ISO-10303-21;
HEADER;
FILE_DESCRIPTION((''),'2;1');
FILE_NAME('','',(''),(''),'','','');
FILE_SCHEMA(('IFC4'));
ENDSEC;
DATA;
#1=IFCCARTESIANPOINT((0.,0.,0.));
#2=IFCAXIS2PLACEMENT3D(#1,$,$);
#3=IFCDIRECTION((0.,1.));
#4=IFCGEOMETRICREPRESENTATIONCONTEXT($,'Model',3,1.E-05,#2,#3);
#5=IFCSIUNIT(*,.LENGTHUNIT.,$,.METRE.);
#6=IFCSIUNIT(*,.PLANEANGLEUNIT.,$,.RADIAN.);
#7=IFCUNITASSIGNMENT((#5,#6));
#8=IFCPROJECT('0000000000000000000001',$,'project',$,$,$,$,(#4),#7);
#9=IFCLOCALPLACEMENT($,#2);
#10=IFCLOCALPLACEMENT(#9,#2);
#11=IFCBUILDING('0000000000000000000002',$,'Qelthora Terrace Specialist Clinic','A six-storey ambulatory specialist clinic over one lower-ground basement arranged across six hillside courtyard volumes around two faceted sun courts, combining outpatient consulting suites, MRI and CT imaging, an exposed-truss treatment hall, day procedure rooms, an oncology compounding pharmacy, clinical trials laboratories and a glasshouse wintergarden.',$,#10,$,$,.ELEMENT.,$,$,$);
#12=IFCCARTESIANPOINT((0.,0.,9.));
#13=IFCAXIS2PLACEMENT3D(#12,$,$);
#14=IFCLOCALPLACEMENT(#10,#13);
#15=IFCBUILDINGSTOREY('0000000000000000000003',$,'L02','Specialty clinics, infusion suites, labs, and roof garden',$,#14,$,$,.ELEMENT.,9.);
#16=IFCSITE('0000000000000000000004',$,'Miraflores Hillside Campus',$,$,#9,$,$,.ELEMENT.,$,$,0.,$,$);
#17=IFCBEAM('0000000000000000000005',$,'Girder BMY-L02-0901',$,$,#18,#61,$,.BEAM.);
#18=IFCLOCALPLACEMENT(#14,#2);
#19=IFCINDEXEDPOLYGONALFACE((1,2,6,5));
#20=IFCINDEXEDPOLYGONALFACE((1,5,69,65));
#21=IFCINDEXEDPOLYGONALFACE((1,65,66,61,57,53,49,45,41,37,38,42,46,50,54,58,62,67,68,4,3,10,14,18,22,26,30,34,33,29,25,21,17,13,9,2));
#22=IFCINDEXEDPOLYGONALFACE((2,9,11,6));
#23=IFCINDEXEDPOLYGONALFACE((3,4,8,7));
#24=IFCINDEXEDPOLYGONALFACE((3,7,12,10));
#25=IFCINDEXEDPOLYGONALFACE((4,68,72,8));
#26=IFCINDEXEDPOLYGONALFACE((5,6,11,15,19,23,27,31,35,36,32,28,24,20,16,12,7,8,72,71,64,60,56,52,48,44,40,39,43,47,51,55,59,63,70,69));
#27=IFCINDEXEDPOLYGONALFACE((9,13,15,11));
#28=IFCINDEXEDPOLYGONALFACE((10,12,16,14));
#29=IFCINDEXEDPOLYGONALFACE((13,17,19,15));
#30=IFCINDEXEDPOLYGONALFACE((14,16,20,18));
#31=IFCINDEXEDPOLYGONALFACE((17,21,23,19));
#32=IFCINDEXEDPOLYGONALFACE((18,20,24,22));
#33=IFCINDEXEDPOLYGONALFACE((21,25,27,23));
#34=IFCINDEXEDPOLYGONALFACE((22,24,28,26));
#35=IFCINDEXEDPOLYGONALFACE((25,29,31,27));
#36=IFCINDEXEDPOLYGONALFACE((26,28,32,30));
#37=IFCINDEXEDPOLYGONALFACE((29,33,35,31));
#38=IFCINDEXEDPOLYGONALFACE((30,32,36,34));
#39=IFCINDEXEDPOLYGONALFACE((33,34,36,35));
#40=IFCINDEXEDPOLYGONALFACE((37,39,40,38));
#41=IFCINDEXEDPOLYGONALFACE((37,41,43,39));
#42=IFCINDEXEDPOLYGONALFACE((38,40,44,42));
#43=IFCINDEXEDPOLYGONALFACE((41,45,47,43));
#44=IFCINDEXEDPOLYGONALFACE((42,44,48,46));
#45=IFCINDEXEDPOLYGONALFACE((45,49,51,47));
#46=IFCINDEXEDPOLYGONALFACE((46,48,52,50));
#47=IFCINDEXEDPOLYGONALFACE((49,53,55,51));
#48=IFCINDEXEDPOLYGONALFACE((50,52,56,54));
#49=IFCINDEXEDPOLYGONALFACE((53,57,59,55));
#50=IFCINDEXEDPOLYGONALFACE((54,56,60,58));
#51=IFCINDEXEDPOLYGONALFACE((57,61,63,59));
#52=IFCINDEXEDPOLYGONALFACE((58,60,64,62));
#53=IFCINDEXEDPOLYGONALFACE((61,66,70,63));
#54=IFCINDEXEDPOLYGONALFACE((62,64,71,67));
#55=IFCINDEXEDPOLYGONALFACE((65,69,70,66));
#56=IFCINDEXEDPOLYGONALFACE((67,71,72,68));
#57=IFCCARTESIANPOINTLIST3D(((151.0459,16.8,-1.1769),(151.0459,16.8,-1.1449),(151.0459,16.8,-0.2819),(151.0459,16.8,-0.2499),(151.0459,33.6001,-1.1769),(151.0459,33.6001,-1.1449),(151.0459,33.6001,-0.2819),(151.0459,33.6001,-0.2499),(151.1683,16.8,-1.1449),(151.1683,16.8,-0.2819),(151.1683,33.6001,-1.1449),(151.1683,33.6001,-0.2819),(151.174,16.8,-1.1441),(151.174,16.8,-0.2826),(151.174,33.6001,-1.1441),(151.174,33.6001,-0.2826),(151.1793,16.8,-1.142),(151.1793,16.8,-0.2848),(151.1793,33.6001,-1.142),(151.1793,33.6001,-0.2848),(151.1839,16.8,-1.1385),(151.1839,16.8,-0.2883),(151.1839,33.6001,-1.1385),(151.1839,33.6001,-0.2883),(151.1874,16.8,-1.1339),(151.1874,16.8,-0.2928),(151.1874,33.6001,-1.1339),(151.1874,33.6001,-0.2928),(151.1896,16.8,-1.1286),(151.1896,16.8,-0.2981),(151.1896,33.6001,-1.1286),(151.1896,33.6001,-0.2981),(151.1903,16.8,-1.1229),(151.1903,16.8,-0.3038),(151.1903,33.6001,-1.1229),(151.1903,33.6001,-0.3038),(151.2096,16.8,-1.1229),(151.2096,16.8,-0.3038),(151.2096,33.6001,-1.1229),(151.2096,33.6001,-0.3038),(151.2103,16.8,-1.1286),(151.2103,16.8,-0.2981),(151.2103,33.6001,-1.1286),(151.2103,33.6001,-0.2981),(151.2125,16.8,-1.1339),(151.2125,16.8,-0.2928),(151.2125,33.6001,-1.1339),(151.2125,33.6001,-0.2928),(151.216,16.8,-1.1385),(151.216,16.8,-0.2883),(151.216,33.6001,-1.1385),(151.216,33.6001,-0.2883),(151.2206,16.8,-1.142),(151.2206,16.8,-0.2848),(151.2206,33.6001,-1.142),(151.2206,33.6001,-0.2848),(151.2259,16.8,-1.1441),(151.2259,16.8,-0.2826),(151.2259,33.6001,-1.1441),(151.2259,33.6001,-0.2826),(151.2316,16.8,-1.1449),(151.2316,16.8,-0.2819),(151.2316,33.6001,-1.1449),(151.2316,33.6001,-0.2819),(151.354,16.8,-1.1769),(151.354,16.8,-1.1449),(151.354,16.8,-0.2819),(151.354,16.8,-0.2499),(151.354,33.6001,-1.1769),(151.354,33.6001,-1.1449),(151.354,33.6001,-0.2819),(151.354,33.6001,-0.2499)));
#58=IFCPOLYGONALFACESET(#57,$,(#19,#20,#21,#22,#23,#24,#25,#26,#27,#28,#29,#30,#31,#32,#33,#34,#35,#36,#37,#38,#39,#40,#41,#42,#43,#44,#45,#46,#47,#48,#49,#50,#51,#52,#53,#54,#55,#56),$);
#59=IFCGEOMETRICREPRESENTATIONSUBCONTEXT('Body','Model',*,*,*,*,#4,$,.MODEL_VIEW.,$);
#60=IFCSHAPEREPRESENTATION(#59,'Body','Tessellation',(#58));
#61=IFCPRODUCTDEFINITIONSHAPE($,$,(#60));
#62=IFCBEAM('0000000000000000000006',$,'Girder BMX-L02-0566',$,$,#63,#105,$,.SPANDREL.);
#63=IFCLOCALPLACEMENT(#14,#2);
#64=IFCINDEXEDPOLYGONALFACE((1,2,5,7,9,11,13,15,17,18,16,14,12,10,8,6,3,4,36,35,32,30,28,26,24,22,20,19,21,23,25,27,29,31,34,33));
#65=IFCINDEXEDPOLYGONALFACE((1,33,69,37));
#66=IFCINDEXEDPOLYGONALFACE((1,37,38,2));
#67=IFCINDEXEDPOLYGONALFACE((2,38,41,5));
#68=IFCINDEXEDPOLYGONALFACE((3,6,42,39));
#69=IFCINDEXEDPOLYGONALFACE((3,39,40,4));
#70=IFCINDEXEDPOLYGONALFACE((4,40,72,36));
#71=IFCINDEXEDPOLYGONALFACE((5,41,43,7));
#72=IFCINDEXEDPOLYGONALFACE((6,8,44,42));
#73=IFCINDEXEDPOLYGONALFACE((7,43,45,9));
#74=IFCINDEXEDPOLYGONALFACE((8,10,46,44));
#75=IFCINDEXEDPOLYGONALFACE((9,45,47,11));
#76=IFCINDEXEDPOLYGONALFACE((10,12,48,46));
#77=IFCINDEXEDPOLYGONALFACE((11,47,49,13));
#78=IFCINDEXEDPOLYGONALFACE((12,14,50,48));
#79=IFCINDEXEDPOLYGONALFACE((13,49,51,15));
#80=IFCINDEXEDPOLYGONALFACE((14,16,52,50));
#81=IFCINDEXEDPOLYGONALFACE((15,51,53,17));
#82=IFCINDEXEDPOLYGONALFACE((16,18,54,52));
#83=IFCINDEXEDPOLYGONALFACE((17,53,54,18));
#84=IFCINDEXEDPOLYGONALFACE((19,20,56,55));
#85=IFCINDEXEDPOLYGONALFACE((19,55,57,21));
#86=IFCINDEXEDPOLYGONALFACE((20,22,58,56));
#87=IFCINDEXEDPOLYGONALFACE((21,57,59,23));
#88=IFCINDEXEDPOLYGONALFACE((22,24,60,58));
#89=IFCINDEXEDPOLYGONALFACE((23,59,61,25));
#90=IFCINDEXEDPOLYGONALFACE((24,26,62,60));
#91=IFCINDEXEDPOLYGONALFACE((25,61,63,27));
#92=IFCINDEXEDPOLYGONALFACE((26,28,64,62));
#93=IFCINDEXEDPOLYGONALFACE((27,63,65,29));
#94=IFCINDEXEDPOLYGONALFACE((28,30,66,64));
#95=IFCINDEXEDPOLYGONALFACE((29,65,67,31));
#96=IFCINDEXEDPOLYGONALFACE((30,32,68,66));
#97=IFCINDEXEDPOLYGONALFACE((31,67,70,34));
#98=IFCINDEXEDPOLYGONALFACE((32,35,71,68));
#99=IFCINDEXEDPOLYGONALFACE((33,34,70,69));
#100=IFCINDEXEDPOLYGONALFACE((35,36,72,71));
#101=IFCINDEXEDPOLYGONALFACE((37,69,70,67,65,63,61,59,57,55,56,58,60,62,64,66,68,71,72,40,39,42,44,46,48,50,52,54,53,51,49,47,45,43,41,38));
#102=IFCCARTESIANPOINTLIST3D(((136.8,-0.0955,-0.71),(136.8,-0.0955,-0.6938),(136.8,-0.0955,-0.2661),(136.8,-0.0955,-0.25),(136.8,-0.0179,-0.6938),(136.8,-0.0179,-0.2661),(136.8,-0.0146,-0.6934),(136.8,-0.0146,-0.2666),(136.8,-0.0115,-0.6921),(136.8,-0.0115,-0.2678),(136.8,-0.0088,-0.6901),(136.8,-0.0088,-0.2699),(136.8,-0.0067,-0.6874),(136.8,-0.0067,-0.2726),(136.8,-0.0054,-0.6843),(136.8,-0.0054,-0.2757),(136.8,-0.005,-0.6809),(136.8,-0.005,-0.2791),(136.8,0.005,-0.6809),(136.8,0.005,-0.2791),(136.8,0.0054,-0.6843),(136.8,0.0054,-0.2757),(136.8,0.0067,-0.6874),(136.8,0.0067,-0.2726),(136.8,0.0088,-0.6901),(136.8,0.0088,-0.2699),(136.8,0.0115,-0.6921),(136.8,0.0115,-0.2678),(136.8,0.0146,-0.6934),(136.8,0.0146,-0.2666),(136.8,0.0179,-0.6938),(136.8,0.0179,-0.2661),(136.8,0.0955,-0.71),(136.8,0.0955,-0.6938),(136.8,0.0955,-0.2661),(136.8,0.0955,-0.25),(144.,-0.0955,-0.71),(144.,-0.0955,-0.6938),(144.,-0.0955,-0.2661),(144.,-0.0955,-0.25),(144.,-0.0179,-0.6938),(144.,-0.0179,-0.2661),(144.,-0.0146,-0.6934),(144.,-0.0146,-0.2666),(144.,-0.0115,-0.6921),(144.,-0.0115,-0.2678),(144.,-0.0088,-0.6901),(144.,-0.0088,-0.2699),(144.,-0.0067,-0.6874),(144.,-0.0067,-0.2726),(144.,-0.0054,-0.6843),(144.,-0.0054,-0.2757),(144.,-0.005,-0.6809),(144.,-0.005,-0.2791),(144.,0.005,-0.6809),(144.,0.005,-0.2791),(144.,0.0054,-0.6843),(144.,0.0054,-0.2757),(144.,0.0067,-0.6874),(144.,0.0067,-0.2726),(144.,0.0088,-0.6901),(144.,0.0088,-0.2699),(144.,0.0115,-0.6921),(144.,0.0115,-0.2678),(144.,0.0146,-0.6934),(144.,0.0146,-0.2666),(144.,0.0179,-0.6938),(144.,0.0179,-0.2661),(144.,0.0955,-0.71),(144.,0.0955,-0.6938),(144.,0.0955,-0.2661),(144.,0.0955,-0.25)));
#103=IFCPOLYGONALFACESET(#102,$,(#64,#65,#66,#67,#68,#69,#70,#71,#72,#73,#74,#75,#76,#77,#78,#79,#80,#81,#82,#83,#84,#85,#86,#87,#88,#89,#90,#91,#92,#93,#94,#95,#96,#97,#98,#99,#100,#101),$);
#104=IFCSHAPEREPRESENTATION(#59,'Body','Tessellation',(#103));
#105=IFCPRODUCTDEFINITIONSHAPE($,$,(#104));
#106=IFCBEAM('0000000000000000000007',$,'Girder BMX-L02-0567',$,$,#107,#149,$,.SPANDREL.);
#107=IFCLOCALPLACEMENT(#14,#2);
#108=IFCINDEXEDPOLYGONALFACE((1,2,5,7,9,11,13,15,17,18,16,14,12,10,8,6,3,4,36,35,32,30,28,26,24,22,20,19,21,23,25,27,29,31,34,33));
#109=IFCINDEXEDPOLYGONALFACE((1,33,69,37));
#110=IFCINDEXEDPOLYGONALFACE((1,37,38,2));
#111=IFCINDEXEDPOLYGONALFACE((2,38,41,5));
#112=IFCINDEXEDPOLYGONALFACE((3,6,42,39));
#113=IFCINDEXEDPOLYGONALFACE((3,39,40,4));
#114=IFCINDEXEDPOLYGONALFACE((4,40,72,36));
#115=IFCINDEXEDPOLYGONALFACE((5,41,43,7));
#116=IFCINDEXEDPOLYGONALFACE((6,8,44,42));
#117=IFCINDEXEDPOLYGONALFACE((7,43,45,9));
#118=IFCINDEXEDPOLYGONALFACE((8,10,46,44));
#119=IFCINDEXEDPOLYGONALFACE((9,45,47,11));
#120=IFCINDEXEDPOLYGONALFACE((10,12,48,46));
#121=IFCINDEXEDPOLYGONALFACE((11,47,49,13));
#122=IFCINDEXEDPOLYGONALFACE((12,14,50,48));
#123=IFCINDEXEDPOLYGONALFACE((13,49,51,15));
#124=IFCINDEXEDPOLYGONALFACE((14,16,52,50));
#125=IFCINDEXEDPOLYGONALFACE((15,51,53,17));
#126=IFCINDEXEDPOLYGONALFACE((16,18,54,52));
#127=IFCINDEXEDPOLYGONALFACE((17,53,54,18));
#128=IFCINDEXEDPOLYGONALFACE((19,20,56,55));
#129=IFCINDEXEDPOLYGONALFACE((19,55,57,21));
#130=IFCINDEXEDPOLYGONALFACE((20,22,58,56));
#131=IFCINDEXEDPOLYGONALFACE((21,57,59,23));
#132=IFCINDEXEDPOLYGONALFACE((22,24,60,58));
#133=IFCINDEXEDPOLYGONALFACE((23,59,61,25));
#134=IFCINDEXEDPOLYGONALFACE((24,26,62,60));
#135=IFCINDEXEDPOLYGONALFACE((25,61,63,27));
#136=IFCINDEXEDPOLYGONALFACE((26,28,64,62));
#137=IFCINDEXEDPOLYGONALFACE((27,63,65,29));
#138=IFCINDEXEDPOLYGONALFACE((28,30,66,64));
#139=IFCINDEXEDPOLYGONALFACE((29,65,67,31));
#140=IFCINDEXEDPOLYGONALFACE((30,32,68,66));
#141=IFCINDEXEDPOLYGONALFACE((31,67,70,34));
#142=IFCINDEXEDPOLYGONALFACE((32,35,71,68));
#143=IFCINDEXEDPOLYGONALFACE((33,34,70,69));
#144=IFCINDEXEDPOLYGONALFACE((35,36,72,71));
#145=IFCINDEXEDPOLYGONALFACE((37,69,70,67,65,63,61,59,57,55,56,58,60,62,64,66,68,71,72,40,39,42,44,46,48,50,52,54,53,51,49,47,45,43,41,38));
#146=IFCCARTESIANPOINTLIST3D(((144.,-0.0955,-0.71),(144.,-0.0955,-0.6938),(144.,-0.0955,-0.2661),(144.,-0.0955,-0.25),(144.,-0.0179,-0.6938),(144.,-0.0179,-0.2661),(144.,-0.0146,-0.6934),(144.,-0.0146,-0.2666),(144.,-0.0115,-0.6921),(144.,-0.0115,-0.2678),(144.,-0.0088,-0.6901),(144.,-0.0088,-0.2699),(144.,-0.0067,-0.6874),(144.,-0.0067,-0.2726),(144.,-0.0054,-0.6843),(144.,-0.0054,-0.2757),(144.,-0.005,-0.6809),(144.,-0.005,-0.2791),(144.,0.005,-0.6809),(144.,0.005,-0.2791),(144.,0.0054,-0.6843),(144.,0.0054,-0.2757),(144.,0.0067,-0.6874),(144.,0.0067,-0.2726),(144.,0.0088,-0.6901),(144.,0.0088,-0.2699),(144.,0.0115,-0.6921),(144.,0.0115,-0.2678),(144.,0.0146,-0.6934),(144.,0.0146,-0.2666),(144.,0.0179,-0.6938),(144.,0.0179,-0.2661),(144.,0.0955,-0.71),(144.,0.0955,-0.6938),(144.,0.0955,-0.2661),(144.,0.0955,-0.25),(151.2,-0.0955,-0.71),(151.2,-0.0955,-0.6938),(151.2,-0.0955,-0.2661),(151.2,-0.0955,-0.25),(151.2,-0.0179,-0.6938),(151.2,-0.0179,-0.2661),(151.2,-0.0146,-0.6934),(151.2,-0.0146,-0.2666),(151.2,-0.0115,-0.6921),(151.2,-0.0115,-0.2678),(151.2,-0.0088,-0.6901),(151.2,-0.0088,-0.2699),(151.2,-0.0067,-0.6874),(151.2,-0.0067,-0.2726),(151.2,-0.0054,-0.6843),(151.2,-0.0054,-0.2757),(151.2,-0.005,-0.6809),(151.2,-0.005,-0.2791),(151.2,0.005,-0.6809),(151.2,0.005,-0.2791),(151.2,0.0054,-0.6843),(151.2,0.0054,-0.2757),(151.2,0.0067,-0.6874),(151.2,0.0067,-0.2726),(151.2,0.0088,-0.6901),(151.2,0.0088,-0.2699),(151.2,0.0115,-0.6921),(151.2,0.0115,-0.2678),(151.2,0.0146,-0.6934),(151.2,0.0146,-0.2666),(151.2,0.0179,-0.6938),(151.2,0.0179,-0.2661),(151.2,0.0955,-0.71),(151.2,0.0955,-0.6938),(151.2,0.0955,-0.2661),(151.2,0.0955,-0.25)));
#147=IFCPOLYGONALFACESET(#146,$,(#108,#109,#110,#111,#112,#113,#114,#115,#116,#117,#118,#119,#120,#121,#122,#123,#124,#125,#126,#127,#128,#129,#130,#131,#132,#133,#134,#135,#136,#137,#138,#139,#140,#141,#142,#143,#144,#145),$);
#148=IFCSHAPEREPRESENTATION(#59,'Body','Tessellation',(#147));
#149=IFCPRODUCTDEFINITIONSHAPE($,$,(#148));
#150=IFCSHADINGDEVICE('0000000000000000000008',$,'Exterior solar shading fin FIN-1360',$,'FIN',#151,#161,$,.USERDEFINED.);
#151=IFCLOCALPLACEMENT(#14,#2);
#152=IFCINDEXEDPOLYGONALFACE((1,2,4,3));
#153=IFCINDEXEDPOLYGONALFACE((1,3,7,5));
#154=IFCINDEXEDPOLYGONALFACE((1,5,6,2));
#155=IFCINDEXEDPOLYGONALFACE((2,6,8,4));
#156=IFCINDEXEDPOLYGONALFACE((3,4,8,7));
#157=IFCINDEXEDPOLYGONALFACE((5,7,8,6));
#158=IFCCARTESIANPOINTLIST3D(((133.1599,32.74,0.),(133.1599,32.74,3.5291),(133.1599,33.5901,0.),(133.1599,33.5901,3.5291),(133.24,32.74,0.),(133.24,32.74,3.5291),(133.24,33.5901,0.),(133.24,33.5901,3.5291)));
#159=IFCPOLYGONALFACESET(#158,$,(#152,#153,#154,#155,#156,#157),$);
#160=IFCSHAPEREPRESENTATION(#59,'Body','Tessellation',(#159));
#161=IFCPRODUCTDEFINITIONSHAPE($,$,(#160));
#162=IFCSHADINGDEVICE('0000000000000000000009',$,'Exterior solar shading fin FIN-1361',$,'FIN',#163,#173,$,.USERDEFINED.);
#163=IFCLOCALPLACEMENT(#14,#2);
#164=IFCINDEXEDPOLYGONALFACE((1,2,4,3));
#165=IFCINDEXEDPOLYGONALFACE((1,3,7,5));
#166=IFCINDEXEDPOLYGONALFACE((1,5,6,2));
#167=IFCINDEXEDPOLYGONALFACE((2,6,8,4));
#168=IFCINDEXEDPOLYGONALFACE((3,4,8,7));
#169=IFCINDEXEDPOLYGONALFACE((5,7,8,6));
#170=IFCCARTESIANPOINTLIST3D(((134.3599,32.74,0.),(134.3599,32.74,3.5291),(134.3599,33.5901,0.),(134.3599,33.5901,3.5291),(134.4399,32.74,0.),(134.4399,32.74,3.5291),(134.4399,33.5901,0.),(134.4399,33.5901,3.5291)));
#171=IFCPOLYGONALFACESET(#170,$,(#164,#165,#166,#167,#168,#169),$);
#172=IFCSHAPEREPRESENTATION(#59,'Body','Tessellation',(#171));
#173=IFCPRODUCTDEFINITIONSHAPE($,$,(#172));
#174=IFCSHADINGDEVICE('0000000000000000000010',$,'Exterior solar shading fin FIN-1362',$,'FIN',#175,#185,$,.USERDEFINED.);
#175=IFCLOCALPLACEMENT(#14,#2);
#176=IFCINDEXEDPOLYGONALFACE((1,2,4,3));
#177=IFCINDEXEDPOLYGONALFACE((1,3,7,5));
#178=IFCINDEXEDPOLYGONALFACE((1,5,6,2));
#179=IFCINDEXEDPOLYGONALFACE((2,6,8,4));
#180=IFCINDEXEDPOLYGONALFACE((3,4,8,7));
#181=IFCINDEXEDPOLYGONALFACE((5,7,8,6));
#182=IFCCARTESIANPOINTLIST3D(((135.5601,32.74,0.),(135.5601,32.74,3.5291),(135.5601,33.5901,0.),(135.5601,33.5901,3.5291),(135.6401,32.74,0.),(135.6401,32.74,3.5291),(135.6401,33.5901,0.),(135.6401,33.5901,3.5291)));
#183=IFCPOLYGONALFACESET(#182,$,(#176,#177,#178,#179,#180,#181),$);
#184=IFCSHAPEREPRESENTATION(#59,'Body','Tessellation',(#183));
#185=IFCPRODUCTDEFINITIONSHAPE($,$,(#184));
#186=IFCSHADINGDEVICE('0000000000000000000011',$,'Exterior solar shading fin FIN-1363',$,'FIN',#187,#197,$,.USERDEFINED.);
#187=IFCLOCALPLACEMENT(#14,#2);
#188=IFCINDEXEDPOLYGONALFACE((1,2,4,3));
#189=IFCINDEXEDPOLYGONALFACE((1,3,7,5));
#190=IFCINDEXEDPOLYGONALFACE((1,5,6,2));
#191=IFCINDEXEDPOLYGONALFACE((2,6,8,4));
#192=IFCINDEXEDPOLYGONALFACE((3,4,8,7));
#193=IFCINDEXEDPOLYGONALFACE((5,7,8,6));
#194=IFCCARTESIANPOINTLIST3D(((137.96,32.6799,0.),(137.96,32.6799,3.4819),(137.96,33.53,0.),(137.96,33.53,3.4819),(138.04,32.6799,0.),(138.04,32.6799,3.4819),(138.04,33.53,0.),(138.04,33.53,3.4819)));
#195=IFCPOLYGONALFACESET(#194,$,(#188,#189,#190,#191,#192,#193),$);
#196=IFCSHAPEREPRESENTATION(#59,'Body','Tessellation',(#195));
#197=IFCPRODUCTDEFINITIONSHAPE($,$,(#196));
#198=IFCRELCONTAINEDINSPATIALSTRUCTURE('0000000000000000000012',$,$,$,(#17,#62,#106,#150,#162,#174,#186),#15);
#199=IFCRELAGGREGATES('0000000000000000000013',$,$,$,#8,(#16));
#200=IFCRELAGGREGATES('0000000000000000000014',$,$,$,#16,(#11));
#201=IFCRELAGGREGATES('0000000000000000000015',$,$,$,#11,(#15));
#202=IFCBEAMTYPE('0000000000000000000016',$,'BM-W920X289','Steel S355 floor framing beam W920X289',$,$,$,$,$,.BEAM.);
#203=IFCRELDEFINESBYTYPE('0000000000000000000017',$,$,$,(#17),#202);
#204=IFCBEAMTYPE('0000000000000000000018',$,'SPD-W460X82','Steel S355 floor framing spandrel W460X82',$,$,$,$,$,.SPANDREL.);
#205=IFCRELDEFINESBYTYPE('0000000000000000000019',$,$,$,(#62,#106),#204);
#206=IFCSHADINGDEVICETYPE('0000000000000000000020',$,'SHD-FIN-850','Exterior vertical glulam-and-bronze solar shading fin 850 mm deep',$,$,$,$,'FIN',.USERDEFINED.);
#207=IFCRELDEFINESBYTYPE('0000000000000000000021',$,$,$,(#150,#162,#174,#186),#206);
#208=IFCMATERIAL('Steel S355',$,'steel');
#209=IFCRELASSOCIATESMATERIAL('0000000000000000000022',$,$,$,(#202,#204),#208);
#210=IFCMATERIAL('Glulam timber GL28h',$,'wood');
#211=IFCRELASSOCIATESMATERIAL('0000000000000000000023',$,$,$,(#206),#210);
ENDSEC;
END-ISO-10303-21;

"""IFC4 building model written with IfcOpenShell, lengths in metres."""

from ifc_helpers import new_model, si_unit, direction, frame, origin, origin_2d, place, context, subcontext, project, spatial, rectangle, i_section, extrude, material, material_profile, profile_set, type_object, element, save


model = new_model("IFC4")

# Units and contexts
model_context = context("Model", 3, precision=1e-05, world=origin(), true_north=direction((0.0, 1.0)))
body_context = subcontext(model_context, "Body", "Model", "MODEL_VIEW")
ifc_project = project(units=[si_unit("LENGTHUNIT", "METRE"), si_unit("PLANEANGLEUNIT", "RADIAN")], contexts=[model_context])

# Site, building, storey
site_placement = place(None, origin())
site = spatial("IfcSite", under=ifc_project, at=site_placement, Name="Miraflores Hillside Campus", CompositionType="ELEMENT", RefElevation=0.0)
building_placement = place(site_placement, origin())
building = spatial("IfcBuilding", under=site, at=building_placement, Name="Qelthora Terrace Specialist Clinic", Description="A six-storey ambulatory specialist clinic over one lower-ground basement arranged across six hillside courtyard volumes around two faceted sun courts, combining outpatient consulting suites, MRI and CT imaging, an exposed-truss treatment hall, day procedure rooms, an oncology compounding pharmacy, clinical trials laboratories and a glasshouse wintergarden.", CompositionType="ELEMENT")
storey_placement = place(building_placement, frame((0.0, 0.0, 9.0)))
storey = spatial("IfcBuildingStorey", under=building, at=storey_placement, Name="L02", Description="Specialty clinics, infusion suites, labs, and roof garden", CompositionType="ELEMENT", Elevation=9.0)

# Beams
ifc_material_1 = material(Name="Steel S355", Category="steel")
ifc_material_profile_1 = material_profile(ifc_material_1, i_section(OverallWidth=0.3081, OverallDepth=0.927, WebThickness=0.0193, FlangeThickness=0.032, FilletRadius=0.022, at=origin_2d()), Name="W920X289")
ifc_profile_set_1 = profile_set([ifc_material_profile_1], Name="Steel S355")
beam_type_1 = type_object("IfcBeamType", Name="BM-W920X289", Description="Steel S355 floor framing beam W920X289", PredefinedType="BEAM", material=ifc_profile_set_1)
for number, where, z_axis, x_axis, name in (
    (1, (151.2, 16.8, -0.7134), (0.0, 1.0, 0.0), (-1.0, 0.0, 0.0), "Girder BMY-L02-0901"),
):
    element("IfcBeam", number, at=place(storey_placement, frame(where, z_axis=z_axis, x_axis=x_axis)), inside=storey, type_object=beam_type_1, Name=name, PredefinedType="BEAM", context=body_context, shape_type="SweptSolid", body=[
        extrude(i_section(OverallWidth=0.3081, OverallDepth=0.927, WebThickness=0.0193, FlangeThickness=0.032, FilletRadius=0.022, at=origin_2d()), origin(), (0.0, 0.0, 1.0), 16.8),
    ])
ifc_material_profile_2 = material_profile(ifc_material_1, i_section(OverallWidth=0.1909, OverallDepth=0.46, WebThickness=0.01, FlangeThickness=0.0161, FilletRadius=0.0129, at=origin_2d()), Name="W460X82")
ifc_profile_set_2 = profile_set([ifc_material_profile_2], Name="Steel S355")
beam_type_2 = type_object("IfcBeamType", Name="SPD-W460X82", Description="Steel S355 floor framing spandrel W460X82", PredefinedType="SPANDREL", material=ifc_profile_set_2)
for number, where, z_axis, x_axis, name in (
    (2, (136.8, 0.0, -0.48), (1.0, 0.0, 0.0), (0.0, 1.0, 0.0), "Girder BMX-L02-0566"),
    (3, (144.0, 0.0, -0.48), (1.0, 0.0, 0.0), (0.0, 1.0, 0.0), "Girder BMX-L02-0567"),
):
    element("IfcBeam", number, at=place(storey_placement, frame(where, z_axis=z_axis, x_axis=x_axis)), inside=storey, type_object=beam_type_2, Name=name, PredefinedType="SPANDREL", context=body_context, shape_type="SweptSolid", body=[
        extrude(i_section(OverallWidth=0.1909, OverallDepth=0.46, WebThickness=0.01, FlangeThickness=0.0161, FilletRadius=0.0129, at=origin_2d()), origin(), (0.0, 0.0, 1.0), 7.2),
    ])

# Shading devices
ifc_material_2 = material(Name="Glulam timber GL28h", Category="wood")
shading_device_type = type_object("IfcShadingDeviceType", Name="SHD-FIN-850", Description="Exterior vertical glulam-and-bronze solar shading fin 850 mm deep", ElementType="FIN", PredefinedType="USERDEFINED", material=ifc_material_2)
for number, where, z_axis, x_axis, name in (
    (4, (133.2, 33.165, 0.0), (0.0, 0.0, 1.0), (0.0, -1.0, 0.0), "Exterior solar shading fin FIN-1360"),
    (5, (134.3999, 33.165, 0.0), (0.0, 0.0, 1.0), (0.0, -1.0, 0.0), "Exterior solar shading fin FIN-1361"),
    (6, (135.6001, 33.165, 0.0), (0.0, 0.0, 1.0), (0.0, -1.0, 0.0), "Exterior solar shading fin FIN-1362"),
):
    element("IfcShadingDevice", number, at=place(storey_placement, frame(where, z_axis=z_axis, x_axis=x_axis)), inside=storey, type_object=shading_device_type, Name=name, ObjectType="FIN", PredefinedType="USERDEFINED", context=body_context, shape_type="SweptSolid", body=[
        extrude(rectangle(XDim=0.8501, YDim=0.0801, at=origin_2d()), origin(), (0.0, 0.0, 1.0), 3.5291),
    ])
for number, where, z_axis, x_axis, name in (
    (7, (138.0, 33.105, 0.0), (0.0, 0.0, 1.0), (0.0, -1.0, 0.0), "Exterior solar shading fin FIN-1363"),
):
    element("IfcShadingDevice", number, at=place(storey_placement, frame(where, z_axis=z_axis, x_axis=x_axis)), inside=storey, type_object=shading_device_type, Name=name, ObjectType="FIN", PredefinedType="USERDEFINED", context=body_context, shape_type="SweptSolid", body=[
        extrude(rectangle(XDim=0.8501, YDim=0.0801, at=origin_2d()), origin(), (0.0, 0.0, 1.0), 3.4819),
    ])

save(model, "model.ifc")
